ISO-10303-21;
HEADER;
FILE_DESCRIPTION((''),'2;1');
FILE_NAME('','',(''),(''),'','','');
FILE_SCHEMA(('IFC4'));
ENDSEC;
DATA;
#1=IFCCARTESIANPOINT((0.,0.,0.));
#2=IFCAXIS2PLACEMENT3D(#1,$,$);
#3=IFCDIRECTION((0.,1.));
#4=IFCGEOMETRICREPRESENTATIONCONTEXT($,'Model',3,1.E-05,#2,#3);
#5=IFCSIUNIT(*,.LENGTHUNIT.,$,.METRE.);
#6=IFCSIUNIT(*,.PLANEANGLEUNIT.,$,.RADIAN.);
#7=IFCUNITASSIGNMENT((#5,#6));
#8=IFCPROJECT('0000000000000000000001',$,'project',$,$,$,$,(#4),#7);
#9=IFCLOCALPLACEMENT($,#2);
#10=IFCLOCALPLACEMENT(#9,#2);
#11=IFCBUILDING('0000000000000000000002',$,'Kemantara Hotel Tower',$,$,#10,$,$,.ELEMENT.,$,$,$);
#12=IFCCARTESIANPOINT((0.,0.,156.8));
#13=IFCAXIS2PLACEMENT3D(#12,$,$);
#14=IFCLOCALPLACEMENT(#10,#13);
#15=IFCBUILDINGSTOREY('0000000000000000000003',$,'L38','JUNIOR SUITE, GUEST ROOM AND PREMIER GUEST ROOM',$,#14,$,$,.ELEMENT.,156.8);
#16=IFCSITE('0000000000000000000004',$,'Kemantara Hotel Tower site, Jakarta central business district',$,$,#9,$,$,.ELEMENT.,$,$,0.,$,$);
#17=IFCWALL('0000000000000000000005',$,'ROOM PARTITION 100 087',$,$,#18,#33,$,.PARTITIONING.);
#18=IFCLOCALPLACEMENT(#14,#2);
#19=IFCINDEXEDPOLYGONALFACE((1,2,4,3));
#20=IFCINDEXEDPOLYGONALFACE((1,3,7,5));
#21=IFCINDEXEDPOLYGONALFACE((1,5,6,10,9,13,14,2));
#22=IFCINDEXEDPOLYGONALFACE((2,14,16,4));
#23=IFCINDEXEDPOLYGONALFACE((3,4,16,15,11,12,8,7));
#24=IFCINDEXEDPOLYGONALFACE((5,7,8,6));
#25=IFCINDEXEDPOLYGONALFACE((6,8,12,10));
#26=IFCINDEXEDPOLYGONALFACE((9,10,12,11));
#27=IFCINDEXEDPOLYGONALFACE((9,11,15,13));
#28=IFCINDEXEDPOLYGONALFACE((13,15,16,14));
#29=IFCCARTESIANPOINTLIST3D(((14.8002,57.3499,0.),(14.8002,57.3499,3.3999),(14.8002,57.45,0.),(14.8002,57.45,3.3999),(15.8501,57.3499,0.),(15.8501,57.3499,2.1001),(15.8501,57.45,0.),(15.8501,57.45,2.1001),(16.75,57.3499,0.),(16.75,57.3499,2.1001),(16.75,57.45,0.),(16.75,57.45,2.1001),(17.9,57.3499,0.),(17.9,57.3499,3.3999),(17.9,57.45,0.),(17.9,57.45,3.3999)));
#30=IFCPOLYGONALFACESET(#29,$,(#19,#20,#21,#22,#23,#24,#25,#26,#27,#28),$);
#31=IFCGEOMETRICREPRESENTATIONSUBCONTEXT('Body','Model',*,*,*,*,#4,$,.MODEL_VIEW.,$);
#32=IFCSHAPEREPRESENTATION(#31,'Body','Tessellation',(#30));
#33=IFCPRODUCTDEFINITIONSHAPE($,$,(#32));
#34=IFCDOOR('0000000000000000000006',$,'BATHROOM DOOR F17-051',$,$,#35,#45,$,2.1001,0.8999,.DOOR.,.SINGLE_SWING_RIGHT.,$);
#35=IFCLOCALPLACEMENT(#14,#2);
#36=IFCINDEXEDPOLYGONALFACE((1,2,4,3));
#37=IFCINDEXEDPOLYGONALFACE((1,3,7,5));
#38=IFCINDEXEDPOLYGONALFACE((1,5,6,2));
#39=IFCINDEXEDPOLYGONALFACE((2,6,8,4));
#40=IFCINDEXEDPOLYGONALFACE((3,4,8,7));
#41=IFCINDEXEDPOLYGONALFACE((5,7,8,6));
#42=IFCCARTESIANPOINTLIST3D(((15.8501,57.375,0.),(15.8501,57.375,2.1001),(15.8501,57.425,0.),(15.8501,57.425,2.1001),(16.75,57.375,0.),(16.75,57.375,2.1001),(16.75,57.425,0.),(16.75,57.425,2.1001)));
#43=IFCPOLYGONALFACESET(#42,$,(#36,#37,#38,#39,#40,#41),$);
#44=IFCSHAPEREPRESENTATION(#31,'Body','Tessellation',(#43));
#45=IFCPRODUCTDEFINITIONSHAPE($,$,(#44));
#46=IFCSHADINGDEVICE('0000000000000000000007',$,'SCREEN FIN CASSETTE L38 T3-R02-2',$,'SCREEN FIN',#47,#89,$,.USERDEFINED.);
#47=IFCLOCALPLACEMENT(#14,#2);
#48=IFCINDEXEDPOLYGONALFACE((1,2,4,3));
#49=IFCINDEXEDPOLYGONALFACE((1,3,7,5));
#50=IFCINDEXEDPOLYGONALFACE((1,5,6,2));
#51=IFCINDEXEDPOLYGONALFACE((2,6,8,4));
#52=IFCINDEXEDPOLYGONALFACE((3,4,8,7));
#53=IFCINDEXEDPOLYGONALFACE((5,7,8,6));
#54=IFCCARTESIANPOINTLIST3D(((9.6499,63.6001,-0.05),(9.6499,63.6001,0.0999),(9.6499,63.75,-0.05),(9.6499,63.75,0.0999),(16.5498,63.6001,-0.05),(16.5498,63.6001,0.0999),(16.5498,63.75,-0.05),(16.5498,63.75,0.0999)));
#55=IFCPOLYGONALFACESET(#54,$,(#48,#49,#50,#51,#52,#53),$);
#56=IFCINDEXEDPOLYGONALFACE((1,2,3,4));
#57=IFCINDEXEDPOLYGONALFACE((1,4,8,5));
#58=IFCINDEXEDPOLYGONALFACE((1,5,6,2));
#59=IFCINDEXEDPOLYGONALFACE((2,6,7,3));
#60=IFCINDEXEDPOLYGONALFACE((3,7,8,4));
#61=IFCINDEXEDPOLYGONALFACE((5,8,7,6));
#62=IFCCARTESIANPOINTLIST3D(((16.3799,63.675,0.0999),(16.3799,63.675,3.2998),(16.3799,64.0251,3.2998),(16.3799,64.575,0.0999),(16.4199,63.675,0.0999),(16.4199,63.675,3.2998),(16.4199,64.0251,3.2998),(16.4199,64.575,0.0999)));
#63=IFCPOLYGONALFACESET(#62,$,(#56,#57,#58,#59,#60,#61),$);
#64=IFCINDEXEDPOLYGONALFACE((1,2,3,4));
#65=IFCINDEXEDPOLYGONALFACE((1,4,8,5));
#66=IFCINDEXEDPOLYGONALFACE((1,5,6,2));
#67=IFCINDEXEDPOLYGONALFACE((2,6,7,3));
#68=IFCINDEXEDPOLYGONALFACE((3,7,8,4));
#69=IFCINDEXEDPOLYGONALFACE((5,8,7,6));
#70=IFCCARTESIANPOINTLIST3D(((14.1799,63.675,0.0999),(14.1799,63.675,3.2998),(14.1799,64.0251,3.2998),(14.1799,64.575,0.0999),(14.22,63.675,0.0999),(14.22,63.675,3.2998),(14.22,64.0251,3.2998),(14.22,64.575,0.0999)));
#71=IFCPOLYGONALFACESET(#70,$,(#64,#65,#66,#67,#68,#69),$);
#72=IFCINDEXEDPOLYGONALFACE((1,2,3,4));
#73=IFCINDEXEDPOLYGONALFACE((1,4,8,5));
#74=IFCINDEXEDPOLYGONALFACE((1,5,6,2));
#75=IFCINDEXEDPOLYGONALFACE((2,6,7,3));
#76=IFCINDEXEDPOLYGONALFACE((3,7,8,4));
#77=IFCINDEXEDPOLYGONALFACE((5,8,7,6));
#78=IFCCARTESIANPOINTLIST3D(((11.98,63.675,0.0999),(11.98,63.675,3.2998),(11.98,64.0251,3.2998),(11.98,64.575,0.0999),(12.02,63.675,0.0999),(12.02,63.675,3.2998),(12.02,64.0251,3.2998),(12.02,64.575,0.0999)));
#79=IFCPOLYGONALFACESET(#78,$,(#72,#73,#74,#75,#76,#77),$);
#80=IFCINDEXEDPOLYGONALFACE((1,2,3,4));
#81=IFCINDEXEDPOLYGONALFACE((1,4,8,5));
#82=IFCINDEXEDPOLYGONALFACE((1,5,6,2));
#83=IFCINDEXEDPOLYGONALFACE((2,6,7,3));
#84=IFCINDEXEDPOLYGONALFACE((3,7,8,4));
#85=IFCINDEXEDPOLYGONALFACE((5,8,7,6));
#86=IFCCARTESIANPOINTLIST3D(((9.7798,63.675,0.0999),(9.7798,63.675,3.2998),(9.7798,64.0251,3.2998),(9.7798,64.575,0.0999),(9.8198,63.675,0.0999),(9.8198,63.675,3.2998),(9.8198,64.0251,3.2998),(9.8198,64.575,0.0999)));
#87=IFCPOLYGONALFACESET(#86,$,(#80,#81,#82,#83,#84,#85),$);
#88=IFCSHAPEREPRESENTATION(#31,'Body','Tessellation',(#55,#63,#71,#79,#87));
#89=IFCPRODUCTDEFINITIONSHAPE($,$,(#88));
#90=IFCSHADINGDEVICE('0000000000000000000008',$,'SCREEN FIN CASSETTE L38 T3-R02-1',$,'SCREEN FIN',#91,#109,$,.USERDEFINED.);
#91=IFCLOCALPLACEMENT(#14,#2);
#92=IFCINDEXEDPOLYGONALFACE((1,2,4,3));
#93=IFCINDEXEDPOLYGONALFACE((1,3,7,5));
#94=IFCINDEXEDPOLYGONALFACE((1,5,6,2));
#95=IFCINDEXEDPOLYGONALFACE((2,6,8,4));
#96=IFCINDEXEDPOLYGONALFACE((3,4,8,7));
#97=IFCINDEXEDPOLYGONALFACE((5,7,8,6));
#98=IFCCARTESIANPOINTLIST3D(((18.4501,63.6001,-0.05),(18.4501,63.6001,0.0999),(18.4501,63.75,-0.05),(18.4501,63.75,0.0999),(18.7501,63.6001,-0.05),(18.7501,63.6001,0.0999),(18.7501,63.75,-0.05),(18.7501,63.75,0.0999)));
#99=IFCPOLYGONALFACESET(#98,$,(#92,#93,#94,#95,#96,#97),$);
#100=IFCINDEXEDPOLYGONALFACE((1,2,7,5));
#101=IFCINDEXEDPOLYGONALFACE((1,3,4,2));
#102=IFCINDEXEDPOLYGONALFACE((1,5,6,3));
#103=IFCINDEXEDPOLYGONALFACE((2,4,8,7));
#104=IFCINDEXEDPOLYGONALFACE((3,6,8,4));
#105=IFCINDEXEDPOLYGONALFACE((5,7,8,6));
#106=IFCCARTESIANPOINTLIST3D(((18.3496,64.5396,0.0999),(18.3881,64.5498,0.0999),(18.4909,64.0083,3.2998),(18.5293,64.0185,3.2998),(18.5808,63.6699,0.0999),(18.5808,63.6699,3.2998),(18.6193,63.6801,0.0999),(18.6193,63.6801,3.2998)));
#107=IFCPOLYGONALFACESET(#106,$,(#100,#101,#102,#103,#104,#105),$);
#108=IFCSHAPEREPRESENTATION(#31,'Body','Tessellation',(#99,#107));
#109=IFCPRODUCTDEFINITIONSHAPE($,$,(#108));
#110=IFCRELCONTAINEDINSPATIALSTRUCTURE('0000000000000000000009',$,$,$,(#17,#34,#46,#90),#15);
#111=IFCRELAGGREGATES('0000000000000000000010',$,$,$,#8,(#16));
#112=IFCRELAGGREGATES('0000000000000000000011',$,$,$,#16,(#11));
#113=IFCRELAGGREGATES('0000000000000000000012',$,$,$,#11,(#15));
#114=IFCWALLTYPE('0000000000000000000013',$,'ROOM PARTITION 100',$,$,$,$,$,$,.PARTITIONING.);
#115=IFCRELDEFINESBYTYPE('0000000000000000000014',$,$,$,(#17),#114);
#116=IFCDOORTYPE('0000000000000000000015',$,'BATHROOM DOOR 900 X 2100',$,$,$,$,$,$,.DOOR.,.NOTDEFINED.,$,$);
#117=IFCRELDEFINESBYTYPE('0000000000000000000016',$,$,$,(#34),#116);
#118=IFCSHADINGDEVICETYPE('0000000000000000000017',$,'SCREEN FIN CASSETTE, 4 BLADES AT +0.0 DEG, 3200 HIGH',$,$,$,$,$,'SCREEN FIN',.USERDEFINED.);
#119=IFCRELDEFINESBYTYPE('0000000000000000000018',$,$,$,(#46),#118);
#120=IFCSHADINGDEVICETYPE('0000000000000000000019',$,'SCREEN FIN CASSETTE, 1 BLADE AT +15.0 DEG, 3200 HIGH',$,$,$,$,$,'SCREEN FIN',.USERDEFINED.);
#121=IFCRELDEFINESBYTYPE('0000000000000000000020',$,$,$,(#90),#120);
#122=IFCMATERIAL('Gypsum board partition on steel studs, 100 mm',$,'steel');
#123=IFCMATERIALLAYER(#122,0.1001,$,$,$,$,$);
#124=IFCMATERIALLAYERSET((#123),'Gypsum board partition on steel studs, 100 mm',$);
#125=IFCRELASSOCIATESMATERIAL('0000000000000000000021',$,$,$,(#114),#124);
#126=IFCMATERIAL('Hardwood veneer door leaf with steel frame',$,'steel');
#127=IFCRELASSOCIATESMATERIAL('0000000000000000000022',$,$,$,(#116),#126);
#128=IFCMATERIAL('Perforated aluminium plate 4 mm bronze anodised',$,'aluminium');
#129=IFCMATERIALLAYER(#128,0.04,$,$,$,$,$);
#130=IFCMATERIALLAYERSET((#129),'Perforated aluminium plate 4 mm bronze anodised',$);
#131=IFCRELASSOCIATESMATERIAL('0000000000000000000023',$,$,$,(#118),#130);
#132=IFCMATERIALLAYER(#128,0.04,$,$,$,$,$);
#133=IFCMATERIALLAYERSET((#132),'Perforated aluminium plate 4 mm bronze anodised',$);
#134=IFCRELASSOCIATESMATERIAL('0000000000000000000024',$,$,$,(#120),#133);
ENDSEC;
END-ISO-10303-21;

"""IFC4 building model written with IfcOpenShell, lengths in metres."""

from ifc_helpers import new_model, si_unit, direction, frame, frame_2d, origin, origin_2d, place, context, subcontext, project, spatial, polyline, rectangle, outline, extrude, source, transform, mapped, material, layer, layer_set, type_object, element, fill, save


model = new_model("IFC4")

# Units and contexts
model_context = context("Model", 3, precision=1e-05, world=origin(), true_north=direction((0.0, 1.0)))
body_context = subcontext(model_context, "Body", "Model", "MODEL_VIEW")
ifc_project = project(units=[si_unit("LENGTHUNIT", "METRE"), si_unit("PLANEANGLEUNIT", "RADIAN")], contexts=[model_context])

# Site, building, storey
site_placement = place(None, origin())
site = spatial("IfcSite", under=ifc_project, at=site_placement, Name="Kemantara Hotel Tower site, Jakarta central business district", CompositionType="ELEMENT", RefElevation=0.0)
building_placement = place(site_placement, origin())
building = spatial("IfcBuilding", under=site, at=building_placement, Name="Kemantara Hotel Tower", CompositionType="ELEMENT")
storey_placement = place(building_placement, frame((0.0, 0.0, 156.8)))
storey = spatial("IfcBuildingStorey", under=building, at=storey_placement, Name="L38", Description="JUNIOR SUITE, GUEST ROOM AND PREMIER GUEST ROOM", CompositionType="ELEMENT", Elevation=156.8)

# Shared definitions
ifc_material_1 = material(Name="Hardwood veneer door leaf with steel frame", Category="steel")

# Wall, opening, door
ifc_material_2 = material(Name="Gypsum board partition on steel studs, 100 mm", Category="steel")
ifc_layer_1 = layer(ifc_material_2, 0.1001)
ifc_layer_set_1 = layer_set([ifc_layer_1], Name="Gypsum board partition on steel studs, 100 mm")
wall_type_1 = type_object("IfcWallType", Name="ROOM PARTITION 100", PredefinedType="PARTITIONING", material=ifc_layer_set_1)
wall_1_placement = place(storey_placement, frame((17.8999, 57.3999, 0.0), z_axis=(0.0, 0.0, 1.0), x_axis=(-1.0, 0.0, 0.0)))
wall_1 = element("IfcWall", 1, at=wall_1_placement, inside=storey, type_object=wall_type_1, Name="ROOM PARTITION 100 087", PredefinedType="PARTITIONING", context=body_context, shape_type="SweptSolid", body=[
    extrude(rectangle(XDim=3.0999, YDim=0.1001, at=frame_2d((1.5498, 0.0))), origin(), (0.0, 0.0, 1.0), 3.3999),
])
opening_1_placement = place(wall_1_placement, frame((1.1499, 0.0, 0.0)))
opening_1 = element("IfcOpeningElement", 2, at=opening_1_placement, cuts=wall_1, PredefinedType="OPENING", context=body_context, shape_type="SweptSolid", body=[
    extrude(rectangle(XDim=0.8999, YDim=2.1001, at=frame_2d((0.45, 1.05))), frame((0.0, 0.0601, 0.0), z_axis=(0.0, -1.0, 0.0), x_axis=(1.0, 0.0, 0.0)), (0.0, 0.0, 1.0), 0.1201),
])
door_type_1 = type_object("IfcDoorType", Name="BATHROOM DOOR 900 X 2100", OperationType="NOTDEFINED", PredefinedType="DOOR", material=ifc_material_1)
door_1_placement = place(opening_1_placement, origin())
door_1 = element("IfcDoor", 3, at=door_1_placement, inside=storey, type_object=door_type_1, Name="BATHROOM DOOR F17-051", OperationType="SINGLE_SWING_RIGHT", OverallHeight=2.1001, OverallWidth=0.8999, PredefinedType="DOOR", context=body_context, shape_type="SweptSolid", body=[
    extrude(rectangle(XDim=0.8999, YDim=2.1001, at=frame_2d((0.45, 1.05))), frame((0.0, 0.0249, 0.0), z_axis=(0.0, -1.0, 0.0), x_axis=(1.0, 0.0, 0.0)), (0.0, 0.0, 1.0), 0.05),
])
fill(opening_1, door_1)

# Shading devices
ifc_material_3 = material(Name="Perforated aluminium plate 4 mm bronze anodised", Category="aluminium")
ifc_layer_2 = layer(ifc_material_3, 0.04)
ifc_layer_set_2 = layer_set([ifc_layer_2], Name="Perforated aluminium plate 4 mm bronze anodised")
shading_device_type_1 = type_object("IfcShadingDeviceType", Name="SCREEN FIN CASSETTE, 4 BLADES AT +0.0 DEG, 3200 HIGH", ElementType="SCREEN FIN", PredefinedType="USERDEFINED", material=ifc_layer_set_2)
shared_shape_1 = source(origin(), body_context, "Body", "SweptSolid", [
    extrude(rectangle(XDim=6.8999, YDim=0.1499, at=origin_2d()), frame((3.3, -0.075, -0.1499), z_axis=(0.0, 0.0, 1.0), x_axis=(1.0, 0.0, 0.0)), (0.0, 0.0, 1.0), 0.1499),
    extrude(outline(polyline([(0.0, 0.0), (0.8999, 0.0), (0.3501, 3.2), (0.0, 3.2), (0.0, 0.0)])), frame((0.02, -0.075, 0.0), z_axis=(-1.0, 0.0, 0.0), x_axis=(0.0, -1.0, 0.0)), (0.0, 0.0, 1.0), 0.04),
    extrude(outline(polyline([(0.0, 0.0), (0.8999, 0.0), (0.3501, 3.2), (0.0, 3.2), (0.0, 0.0)])), frame((2.22, -0.075, 0.0), z_axis=(-1.0, 0.0, 0.0), x_axis=(0.0, -1.0, 0.0)), (0.0, 0.0, 1.0), 0.04),
    extrude(outline(polyline([(0.0, 0.0), (0.8999, 0.0), (0.3501, 3.2), (0.0, 3.2), (0.0, 0.0)])), frame((4.4199, -0.075, 0.0), z_axis=(-1.0, 0.0, 0.0), x_axis=(0.0, -1.0, 0.0)), (0.0, 0.0, 1.0), 0.04),
    extrude(outline(polyline([(0.0, 0.0), (0.8999, 0.0), (0.3501, 3.2), (0.0, 3.2), (0.0, 0.0)])), frame((6.6201, -0.075, 0.0), z_axis=(-1.0, 0.0, 0.0), x_axis=(0.0, -1.0, 0.0)), (0.0, 0.0, 1.0), 0.04),
])
shading_device_1_placement = place(storey_placement, frame((16.3999, 63.6001, 0.0999), z_axis=(0.0, 0.0, 1.0), x_axis=(-1.0, 0.0, 0.0)))
element("IfcShadingDevice", 4, at=shading_device_1_placement, inside=storey, type_object=shading_device_type_1, Name="SCREEN FIN CASSETTE L38 T3-R02-2", ObjectType="SCREEN FIN", PredefinedType="USERDEFINED", context=body_context, shape_type="MappedRepresentation", body=[
    mapped(shared_shape_1, transform((0.0, 0.0, 0.0))),
])
ifc_layer_3 = layer(ifc_material_3, 0.04)
ifc_layer_set_3 = layer_set([ifc_layer_3], Name="Perforated aluminium plate 4 mm bronze anodised")
shading_device_type_2 = type_object("IfcShadingDeviceType", Name="SCREEN FIN CASSETTE, 1 BLADE AT +15.0 DEG, 3200 HIGH", ElementType="SCREEN FIN", PredefinedType="USERDEFINED", material=ifc_layer_set_3)
shared_shape_2 = source(origin(), body_context, "Body", "SweptSolid", [
    extrude(rectangle(XDim=0.3, YDim=0.1499, at=origin_2d()), frame((0.0, -0.075, -0.1499), z_axis=(0.0, 0.0, 1.0), x_axis=(1.0, 0.0, 0.0)), (0.0, 0.0, 1.0), 0.1499),
    extrude(outline(polyline([(0.0, 0.0), (0.8999, 0.0), (0.3501, 3.2), (0.0, 3.2), (0.0, 0.0)])), frame((0.0193, -0.0698, 0.0), z_axis=(-0.966438, -0.256901, 0.0), x_axis=(0.256901, -0.966438, 0.0)), (0.0, 0.0, 1.0), 0.0398),
])
shading_device_2_placement = place(storey_placement, frame((18.6001, 63.6001, 0.0999), z_axis=(0.0, 0.0, 1.0), x_axis=(-1.0, 0.0, 0.0)))
element("IfcShadingDevice", 5, at=shading_device_2_placement, inside=storey, type_object=shading_device_type_2, Name="SCREEN FIN CASSETTE L38 T3-R02-1", ObjectType="SCREEN FIN", PredefinedType="USERDEFINED", context=body_context, shape_type="MappedRepresentation", body=[
    mapped(shared_shape_2, transform((0.0, 0.0, 0.0))),
])

save(model, "model.ifc")
